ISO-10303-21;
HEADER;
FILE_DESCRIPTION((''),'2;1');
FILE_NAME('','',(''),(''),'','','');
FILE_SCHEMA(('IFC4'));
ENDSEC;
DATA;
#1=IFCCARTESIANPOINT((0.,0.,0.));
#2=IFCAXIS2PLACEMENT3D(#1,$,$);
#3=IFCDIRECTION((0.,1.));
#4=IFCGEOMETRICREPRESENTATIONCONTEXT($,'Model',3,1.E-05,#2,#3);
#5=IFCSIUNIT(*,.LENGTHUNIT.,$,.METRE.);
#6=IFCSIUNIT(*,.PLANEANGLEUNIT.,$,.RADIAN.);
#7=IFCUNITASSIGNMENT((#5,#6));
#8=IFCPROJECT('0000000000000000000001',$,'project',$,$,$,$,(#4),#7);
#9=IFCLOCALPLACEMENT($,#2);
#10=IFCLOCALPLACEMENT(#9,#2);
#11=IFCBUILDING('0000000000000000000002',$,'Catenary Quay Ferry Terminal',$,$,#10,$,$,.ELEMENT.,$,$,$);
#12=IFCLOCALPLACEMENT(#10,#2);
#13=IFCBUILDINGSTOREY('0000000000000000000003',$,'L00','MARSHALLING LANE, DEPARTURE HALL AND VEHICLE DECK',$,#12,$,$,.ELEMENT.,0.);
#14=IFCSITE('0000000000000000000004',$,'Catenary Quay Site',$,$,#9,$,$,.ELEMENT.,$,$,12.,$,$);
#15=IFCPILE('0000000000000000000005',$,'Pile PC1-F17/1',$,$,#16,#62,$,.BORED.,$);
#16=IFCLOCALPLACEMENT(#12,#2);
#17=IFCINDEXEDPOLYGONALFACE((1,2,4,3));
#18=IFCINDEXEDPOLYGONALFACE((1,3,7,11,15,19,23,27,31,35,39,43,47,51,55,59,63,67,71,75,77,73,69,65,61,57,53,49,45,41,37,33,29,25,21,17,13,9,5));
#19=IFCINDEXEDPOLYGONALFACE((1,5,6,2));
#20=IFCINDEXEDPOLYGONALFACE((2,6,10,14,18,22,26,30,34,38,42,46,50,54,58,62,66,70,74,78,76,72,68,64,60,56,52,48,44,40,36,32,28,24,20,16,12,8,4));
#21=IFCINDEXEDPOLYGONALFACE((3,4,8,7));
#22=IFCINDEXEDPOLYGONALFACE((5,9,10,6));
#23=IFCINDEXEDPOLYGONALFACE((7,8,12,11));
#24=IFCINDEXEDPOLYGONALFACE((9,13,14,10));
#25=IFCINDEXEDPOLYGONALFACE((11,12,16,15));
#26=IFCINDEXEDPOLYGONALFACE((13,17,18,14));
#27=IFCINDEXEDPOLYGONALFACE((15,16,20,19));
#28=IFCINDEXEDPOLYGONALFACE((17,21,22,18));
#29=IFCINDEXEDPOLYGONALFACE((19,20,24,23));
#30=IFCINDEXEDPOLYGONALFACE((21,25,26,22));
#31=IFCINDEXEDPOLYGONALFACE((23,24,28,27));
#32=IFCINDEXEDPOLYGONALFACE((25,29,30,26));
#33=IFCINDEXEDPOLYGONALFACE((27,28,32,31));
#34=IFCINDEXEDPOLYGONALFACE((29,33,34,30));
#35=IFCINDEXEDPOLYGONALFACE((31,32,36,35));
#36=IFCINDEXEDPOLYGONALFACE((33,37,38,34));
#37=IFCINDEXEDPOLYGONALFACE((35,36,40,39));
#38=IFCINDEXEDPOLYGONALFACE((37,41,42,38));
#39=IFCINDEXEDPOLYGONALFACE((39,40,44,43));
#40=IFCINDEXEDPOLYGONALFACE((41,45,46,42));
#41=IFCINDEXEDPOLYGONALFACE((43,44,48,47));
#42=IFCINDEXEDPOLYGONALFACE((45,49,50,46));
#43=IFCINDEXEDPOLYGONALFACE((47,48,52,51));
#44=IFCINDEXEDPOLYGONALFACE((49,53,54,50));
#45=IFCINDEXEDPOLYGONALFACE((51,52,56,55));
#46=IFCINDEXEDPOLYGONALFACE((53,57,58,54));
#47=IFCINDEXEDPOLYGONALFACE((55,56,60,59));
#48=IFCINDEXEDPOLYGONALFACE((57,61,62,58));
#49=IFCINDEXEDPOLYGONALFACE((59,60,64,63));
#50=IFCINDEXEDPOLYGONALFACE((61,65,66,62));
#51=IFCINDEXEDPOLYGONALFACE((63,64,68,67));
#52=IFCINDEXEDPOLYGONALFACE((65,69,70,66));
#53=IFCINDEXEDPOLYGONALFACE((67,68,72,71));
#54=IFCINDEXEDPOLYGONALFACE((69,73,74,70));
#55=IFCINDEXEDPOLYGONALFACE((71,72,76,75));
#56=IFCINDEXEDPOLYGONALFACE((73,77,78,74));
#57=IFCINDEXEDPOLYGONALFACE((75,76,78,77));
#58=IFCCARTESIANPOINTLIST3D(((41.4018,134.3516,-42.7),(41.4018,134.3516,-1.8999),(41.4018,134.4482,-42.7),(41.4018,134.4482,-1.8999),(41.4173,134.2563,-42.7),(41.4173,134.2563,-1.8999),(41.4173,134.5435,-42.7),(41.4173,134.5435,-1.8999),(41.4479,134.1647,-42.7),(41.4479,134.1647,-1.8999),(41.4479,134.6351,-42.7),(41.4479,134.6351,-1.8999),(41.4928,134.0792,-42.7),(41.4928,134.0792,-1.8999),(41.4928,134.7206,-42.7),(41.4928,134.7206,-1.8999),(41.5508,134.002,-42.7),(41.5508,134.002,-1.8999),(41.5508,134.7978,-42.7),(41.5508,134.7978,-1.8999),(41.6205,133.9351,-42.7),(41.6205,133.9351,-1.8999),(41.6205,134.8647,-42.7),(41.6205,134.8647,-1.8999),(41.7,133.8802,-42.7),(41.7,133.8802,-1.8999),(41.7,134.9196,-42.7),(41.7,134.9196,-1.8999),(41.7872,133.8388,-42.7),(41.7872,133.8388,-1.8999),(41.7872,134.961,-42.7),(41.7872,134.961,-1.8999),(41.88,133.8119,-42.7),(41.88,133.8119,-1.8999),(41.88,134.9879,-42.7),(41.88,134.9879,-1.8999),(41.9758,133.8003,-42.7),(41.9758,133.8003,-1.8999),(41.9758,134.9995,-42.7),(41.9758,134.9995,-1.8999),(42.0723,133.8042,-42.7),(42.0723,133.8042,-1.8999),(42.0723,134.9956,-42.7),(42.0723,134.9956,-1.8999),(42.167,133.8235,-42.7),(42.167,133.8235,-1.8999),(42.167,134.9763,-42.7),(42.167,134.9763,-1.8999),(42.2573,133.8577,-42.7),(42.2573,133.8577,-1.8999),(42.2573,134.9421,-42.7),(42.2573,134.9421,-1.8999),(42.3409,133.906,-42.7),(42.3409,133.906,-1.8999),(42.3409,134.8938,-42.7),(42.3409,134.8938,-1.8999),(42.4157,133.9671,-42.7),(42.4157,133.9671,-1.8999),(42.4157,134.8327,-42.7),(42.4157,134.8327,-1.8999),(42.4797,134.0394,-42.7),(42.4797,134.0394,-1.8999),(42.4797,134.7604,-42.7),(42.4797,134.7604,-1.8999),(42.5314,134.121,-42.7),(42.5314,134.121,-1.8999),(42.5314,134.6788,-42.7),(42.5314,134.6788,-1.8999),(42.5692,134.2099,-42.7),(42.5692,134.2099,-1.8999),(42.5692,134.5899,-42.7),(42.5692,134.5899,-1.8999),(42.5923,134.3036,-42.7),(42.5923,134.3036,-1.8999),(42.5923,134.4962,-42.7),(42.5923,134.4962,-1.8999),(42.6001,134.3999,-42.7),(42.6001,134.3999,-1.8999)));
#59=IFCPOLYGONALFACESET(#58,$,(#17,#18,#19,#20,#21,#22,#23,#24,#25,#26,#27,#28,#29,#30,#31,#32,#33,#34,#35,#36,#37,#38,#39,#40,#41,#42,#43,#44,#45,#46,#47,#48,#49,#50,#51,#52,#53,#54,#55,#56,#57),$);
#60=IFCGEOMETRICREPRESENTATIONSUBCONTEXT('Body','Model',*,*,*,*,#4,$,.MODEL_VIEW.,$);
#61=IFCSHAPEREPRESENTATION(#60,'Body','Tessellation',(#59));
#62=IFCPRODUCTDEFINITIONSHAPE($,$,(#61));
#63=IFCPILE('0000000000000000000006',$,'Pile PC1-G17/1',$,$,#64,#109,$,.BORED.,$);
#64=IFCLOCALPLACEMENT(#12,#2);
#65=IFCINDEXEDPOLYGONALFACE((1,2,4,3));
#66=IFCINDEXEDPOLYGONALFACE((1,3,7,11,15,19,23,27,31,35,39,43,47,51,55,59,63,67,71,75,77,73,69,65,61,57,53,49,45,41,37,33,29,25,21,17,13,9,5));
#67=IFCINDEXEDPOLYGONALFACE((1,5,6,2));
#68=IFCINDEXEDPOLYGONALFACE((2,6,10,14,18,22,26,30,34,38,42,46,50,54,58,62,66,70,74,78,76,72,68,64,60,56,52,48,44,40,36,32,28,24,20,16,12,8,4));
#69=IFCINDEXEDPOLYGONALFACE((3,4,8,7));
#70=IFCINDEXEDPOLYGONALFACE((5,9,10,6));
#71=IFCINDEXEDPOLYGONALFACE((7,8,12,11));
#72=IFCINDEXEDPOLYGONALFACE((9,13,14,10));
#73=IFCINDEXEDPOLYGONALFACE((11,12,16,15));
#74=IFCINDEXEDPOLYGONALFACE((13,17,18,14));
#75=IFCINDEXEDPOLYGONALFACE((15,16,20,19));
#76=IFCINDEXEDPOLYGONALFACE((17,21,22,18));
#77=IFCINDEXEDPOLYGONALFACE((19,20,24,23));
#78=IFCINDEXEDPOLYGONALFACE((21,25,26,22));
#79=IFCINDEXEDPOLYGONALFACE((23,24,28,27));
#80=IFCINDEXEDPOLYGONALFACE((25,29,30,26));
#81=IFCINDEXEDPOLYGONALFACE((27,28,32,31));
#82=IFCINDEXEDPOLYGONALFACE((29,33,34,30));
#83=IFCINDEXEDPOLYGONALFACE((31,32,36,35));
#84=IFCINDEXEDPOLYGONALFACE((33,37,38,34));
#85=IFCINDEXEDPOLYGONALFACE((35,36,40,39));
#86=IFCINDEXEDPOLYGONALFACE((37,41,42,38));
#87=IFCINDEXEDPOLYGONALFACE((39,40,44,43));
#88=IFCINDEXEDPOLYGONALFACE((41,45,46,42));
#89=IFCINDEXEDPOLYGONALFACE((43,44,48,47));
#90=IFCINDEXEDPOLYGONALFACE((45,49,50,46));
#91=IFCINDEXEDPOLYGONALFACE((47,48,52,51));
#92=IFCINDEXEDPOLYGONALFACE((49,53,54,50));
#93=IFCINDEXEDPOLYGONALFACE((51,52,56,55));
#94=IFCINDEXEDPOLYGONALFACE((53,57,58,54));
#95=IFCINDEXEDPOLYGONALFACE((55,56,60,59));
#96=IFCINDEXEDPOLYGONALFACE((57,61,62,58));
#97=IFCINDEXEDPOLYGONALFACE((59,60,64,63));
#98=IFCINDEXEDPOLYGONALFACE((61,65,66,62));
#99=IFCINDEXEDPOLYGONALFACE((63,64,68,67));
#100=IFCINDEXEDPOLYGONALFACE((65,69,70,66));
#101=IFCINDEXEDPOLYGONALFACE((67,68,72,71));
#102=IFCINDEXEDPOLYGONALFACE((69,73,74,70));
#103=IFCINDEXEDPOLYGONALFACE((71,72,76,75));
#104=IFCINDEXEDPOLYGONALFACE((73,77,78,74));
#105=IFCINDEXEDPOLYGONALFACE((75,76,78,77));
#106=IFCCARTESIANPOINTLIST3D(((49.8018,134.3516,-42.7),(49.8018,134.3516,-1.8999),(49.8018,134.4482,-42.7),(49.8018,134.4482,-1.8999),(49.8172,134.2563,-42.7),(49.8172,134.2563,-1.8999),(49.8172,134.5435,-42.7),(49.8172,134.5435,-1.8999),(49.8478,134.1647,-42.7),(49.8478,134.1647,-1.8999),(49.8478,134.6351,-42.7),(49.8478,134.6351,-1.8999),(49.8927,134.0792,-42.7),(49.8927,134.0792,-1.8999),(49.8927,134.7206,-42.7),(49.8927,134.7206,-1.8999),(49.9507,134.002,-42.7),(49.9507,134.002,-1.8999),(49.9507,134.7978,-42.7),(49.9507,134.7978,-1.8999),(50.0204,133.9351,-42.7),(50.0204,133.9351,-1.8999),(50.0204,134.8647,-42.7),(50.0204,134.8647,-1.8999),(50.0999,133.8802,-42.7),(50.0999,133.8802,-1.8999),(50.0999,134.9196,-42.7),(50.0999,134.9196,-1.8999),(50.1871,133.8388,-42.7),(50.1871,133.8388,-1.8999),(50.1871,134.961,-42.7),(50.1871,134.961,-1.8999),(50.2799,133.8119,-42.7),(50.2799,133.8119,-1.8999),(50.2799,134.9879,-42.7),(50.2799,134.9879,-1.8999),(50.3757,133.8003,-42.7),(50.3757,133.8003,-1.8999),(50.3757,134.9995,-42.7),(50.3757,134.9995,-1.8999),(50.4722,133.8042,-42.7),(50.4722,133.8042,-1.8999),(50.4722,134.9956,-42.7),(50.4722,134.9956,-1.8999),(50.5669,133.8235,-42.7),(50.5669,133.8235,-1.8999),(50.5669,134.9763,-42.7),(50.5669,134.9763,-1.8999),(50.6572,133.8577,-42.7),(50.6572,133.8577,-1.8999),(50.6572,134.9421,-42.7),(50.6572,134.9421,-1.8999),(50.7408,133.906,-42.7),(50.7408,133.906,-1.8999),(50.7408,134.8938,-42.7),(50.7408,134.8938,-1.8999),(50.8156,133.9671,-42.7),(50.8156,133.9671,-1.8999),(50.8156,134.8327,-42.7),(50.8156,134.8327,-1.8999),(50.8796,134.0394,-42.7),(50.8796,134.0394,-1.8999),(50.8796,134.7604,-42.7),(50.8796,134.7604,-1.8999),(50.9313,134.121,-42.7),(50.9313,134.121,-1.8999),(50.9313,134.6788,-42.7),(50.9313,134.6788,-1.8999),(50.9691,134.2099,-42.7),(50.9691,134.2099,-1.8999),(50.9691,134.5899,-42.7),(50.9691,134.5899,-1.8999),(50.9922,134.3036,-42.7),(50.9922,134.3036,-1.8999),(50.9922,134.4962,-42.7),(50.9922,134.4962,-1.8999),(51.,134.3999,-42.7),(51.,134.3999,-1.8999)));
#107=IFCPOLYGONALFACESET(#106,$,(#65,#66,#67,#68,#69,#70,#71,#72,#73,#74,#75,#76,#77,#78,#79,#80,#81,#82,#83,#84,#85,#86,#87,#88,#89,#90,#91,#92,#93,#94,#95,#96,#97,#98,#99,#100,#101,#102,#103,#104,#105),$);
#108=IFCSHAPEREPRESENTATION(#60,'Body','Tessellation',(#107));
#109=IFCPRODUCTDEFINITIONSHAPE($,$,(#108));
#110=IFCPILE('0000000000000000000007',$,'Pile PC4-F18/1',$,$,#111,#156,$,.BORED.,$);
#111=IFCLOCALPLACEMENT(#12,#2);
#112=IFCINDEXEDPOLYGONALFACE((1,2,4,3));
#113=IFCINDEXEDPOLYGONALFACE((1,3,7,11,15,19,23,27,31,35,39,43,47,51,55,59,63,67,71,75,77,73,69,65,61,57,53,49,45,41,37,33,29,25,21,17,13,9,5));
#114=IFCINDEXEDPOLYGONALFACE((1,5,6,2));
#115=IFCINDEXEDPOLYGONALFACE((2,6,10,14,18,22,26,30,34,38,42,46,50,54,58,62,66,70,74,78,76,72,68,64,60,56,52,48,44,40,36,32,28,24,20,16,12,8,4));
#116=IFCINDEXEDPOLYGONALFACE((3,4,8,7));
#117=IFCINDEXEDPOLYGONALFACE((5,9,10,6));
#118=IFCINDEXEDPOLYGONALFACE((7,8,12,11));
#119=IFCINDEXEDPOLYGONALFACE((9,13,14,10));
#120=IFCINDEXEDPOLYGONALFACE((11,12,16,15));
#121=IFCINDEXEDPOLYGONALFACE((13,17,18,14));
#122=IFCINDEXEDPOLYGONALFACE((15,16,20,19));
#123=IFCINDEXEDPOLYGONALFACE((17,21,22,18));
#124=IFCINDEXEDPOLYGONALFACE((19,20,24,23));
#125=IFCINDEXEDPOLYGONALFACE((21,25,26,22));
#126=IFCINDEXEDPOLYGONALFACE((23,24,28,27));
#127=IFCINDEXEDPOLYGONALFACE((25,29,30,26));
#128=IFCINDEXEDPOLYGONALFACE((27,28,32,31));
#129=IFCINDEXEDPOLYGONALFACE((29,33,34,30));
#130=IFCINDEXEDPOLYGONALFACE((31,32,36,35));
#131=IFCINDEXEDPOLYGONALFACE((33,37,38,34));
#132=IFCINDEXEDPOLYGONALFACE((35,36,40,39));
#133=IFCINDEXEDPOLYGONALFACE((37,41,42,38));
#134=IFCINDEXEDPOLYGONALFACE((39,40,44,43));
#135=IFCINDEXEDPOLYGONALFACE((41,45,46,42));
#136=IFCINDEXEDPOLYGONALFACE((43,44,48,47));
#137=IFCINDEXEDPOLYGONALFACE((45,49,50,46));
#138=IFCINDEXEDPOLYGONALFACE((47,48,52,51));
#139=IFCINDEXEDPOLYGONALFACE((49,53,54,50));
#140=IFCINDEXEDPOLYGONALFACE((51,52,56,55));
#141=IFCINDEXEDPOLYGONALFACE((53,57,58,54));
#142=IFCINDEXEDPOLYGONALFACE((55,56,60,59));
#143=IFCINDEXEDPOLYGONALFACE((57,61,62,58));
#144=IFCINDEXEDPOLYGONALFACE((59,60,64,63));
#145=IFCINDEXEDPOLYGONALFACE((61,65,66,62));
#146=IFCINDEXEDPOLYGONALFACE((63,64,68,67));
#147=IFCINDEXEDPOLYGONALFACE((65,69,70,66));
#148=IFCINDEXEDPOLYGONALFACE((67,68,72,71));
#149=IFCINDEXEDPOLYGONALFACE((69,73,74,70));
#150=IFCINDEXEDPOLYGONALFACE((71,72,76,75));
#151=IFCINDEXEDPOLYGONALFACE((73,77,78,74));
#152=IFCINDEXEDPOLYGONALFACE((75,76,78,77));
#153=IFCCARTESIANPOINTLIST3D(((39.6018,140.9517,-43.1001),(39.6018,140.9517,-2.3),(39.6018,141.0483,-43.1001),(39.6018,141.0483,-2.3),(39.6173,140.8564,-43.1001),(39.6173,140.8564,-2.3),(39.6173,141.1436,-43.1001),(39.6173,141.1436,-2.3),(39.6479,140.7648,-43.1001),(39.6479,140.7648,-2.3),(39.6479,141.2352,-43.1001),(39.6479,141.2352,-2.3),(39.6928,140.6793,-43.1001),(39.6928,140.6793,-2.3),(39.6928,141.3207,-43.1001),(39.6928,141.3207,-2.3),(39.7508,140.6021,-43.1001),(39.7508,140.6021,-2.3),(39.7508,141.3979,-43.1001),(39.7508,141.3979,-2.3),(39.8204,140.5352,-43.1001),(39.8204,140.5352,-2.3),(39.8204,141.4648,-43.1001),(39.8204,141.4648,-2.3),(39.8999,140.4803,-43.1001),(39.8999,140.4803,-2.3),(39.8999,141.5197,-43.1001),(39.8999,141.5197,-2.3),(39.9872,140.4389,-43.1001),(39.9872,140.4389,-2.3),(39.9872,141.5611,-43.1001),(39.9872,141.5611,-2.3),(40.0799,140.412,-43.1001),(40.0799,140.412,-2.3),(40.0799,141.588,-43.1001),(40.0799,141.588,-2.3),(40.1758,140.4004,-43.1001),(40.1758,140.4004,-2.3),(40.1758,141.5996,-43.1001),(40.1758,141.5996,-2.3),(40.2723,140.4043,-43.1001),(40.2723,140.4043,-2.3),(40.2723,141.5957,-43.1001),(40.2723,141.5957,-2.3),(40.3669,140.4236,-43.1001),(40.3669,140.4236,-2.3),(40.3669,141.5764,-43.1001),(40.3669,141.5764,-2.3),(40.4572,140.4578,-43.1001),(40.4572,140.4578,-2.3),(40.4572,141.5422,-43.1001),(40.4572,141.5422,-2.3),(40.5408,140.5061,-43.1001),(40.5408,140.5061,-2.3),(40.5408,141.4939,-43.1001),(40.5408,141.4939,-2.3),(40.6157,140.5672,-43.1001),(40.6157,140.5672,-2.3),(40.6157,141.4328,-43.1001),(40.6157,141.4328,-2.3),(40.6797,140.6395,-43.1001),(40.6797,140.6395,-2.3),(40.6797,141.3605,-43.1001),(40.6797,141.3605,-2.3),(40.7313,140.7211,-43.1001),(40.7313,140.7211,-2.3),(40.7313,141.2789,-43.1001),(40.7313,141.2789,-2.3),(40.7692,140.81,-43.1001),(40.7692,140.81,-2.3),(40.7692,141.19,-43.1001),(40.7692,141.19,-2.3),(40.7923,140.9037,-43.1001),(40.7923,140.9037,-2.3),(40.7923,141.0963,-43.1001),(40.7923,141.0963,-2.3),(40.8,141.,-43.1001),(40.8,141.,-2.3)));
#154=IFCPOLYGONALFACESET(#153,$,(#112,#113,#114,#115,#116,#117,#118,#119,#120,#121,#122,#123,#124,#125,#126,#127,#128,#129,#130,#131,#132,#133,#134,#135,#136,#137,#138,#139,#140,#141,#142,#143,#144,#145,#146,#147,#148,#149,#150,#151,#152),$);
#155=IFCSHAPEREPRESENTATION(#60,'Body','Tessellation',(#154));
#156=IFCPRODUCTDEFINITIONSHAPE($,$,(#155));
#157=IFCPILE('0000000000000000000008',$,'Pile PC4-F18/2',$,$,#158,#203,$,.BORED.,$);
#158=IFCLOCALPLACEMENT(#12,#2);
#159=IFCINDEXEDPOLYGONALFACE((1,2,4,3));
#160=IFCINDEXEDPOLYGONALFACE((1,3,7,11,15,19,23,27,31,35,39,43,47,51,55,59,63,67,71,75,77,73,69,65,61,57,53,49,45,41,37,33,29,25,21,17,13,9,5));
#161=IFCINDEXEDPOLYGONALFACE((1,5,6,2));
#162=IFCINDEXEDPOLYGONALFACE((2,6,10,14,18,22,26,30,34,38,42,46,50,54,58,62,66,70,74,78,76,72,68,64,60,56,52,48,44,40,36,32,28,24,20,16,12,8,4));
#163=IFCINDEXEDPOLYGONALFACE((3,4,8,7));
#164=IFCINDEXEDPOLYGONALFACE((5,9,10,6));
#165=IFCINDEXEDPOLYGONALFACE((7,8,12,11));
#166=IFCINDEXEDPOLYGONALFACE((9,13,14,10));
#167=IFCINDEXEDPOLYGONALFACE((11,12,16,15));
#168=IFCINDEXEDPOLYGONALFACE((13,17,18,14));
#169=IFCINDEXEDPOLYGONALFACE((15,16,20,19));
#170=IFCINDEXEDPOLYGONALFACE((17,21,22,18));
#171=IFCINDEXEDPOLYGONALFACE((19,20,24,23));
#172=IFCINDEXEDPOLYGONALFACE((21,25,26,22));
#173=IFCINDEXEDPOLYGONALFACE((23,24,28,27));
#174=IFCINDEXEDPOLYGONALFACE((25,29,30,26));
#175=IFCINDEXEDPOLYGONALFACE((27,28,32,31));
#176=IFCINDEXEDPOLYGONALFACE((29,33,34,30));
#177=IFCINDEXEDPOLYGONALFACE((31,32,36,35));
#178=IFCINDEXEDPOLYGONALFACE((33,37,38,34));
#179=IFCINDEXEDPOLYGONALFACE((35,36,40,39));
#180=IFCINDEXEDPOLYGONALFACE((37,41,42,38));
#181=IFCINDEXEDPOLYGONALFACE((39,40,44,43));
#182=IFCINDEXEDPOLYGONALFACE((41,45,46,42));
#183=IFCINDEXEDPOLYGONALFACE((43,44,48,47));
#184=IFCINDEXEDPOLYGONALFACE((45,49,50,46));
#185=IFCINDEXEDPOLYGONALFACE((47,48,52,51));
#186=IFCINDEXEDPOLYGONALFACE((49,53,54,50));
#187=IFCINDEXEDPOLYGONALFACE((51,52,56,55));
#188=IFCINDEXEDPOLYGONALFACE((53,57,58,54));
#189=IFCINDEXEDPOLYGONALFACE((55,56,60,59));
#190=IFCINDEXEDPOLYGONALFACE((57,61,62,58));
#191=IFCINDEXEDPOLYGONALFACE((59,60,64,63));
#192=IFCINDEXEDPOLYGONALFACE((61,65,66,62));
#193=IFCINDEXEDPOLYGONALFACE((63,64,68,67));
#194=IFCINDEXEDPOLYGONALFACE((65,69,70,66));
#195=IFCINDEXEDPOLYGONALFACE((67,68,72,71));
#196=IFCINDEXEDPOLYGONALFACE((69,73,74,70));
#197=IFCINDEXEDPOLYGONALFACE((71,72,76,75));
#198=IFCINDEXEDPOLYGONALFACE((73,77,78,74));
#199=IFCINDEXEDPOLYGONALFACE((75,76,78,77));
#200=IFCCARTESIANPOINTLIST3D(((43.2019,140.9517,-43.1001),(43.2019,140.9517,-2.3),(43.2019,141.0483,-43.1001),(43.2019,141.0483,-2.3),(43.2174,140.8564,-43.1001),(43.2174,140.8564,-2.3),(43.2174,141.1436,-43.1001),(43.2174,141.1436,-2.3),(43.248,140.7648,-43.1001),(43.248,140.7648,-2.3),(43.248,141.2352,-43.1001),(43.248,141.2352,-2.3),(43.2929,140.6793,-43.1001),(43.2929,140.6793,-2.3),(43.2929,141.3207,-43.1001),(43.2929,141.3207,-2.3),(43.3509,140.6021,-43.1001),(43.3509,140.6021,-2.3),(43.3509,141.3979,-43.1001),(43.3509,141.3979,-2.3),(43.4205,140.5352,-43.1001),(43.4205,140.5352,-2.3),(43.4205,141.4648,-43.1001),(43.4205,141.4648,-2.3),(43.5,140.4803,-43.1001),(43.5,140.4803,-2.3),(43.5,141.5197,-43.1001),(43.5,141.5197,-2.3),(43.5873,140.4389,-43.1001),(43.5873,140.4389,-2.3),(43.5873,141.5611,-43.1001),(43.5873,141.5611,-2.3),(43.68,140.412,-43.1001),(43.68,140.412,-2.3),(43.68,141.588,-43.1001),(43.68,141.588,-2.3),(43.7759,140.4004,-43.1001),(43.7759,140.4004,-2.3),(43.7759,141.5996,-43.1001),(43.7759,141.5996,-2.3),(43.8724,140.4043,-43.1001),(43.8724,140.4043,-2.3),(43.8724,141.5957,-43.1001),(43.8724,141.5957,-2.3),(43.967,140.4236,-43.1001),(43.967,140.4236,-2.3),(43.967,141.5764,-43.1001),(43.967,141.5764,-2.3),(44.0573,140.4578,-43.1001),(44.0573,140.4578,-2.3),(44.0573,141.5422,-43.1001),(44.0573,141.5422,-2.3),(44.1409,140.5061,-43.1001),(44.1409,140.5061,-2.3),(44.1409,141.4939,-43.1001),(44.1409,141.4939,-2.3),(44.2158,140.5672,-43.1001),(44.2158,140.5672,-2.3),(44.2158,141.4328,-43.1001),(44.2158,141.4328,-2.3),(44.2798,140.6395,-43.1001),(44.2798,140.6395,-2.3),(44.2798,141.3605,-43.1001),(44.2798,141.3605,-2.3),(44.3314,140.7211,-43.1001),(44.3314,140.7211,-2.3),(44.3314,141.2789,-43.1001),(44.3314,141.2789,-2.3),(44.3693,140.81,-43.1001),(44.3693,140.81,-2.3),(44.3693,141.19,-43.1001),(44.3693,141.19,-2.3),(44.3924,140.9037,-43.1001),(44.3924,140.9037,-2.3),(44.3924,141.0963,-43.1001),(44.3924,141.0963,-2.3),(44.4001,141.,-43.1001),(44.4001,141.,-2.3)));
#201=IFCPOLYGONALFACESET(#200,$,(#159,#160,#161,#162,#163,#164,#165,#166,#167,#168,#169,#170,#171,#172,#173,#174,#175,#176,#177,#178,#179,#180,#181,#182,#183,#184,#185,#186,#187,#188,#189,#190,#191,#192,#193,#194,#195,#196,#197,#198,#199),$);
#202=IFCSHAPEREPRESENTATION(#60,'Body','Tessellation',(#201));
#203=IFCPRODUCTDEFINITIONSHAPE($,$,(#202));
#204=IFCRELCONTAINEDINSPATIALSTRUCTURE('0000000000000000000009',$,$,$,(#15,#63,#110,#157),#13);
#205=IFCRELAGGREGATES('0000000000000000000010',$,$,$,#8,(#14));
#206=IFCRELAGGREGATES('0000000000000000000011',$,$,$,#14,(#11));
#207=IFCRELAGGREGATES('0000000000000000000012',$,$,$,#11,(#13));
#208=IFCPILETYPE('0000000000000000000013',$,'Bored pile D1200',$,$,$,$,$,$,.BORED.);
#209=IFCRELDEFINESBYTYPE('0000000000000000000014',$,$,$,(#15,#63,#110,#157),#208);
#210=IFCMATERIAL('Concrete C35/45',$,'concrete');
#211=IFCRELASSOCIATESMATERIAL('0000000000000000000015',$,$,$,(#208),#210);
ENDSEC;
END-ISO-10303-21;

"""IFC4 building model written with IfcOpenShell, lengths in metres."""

from ifc_helpers import new_model, si_unit, direction, frame, origin, origin_2d, place, context, subcontext, project, spatial, circle, extrude, material, material_profile, profile_set, type_object, element, save


model = new_model("IFC4")

# Units and contexts
model_context = context("Model", 3, precision=1e-05, world=origin(), true_north=direction((0.0, 1.0)))
body_context = subcontext(model_context, "Body", "Model", "MODEL_VIEW")
ifc_project = project(units=[si_unit("LENGTHUNIT", "METRE"), si_unit("PLANEANGLEUNIT", "RADIAN")], contexts=[model_context])

# Site, building, storey
site_placement = place(None, origin())
site = spatial("IfcSite", under=ifc_project, at=site_placement, Name="Catenary Quay Site", CompositionType="ELEMENT", RefElevation=12.0)
building_placement = place(site_placement, origin())
building = spatial("IfcBuilding", under=site, at=building_placement, Name="Catenary Quay Ferry Terminal", CompositionType="ELEMENT")
storey_placement = place(building_placement, origin())
storey = spatial("IfcBuildingStorey", under=building, at=storey_placement, Name="L00", Description="MARSHALLING LANE, DEPARTURE HALL AND VEHICLE DECK", CompositionType="ELEMENT", Elevation=0.0)

# Piles
ifc_material_1 = material(Name="Concrete C35/45", Category="concrete")
ifc_material_profile_1 = material_profile(ifc_material_1, circle(Radius=0.6001, at=origin_2d()), Name="D1200")
ifc_profile_set_1 = profile_set([ifc_material_profile_1], Name="Concrete C35/45")
pile_type = type_object("IfcPileType", Name="Bored pile D1200", PredefinedType="BORED", material=ifc_profile_set_1)
for number, where, z_axis, x_axis, name in (
    (1, (42.0, 134.3999, -1.8999), (0.0, 0.0, -1.0), (1.0, 0.0, 0.0), "Pile PC1-F17/1"),
    (2, (50.3999, 134.3999, -1.8999), (0.0, 0.0, -1.0), (1.0, 0.0, 0.0), "Pile PC1-G17/1"),
    (3, (40.2, 141.0, -2.3), (0.0, 0.0, -1.0), (1.0, 0.0, 0.0), "Pile PC4-F18/1"),
    (4, (43.8, 141.0, -2.3), (0.0, 0.0, -1.0), (1.0, 0.0, 0.0), "Pile PC4-F18/2"),
):
    element("IfcPile", number, at=place(storey_placement, frame(where, z_axis=z_axis, x_axis=x_axis)), inside=storey, type_object=pile_type, Name=name, PredefinedType="BORED", context=body_context, shape_type="SweptSolid", body=[
        extrude(circle(Radius=0.6001, at=origin_2d()), origin(), (0.0, 0.0, 1.0), 40.8),
    ])

save(model, "model.ifc")
